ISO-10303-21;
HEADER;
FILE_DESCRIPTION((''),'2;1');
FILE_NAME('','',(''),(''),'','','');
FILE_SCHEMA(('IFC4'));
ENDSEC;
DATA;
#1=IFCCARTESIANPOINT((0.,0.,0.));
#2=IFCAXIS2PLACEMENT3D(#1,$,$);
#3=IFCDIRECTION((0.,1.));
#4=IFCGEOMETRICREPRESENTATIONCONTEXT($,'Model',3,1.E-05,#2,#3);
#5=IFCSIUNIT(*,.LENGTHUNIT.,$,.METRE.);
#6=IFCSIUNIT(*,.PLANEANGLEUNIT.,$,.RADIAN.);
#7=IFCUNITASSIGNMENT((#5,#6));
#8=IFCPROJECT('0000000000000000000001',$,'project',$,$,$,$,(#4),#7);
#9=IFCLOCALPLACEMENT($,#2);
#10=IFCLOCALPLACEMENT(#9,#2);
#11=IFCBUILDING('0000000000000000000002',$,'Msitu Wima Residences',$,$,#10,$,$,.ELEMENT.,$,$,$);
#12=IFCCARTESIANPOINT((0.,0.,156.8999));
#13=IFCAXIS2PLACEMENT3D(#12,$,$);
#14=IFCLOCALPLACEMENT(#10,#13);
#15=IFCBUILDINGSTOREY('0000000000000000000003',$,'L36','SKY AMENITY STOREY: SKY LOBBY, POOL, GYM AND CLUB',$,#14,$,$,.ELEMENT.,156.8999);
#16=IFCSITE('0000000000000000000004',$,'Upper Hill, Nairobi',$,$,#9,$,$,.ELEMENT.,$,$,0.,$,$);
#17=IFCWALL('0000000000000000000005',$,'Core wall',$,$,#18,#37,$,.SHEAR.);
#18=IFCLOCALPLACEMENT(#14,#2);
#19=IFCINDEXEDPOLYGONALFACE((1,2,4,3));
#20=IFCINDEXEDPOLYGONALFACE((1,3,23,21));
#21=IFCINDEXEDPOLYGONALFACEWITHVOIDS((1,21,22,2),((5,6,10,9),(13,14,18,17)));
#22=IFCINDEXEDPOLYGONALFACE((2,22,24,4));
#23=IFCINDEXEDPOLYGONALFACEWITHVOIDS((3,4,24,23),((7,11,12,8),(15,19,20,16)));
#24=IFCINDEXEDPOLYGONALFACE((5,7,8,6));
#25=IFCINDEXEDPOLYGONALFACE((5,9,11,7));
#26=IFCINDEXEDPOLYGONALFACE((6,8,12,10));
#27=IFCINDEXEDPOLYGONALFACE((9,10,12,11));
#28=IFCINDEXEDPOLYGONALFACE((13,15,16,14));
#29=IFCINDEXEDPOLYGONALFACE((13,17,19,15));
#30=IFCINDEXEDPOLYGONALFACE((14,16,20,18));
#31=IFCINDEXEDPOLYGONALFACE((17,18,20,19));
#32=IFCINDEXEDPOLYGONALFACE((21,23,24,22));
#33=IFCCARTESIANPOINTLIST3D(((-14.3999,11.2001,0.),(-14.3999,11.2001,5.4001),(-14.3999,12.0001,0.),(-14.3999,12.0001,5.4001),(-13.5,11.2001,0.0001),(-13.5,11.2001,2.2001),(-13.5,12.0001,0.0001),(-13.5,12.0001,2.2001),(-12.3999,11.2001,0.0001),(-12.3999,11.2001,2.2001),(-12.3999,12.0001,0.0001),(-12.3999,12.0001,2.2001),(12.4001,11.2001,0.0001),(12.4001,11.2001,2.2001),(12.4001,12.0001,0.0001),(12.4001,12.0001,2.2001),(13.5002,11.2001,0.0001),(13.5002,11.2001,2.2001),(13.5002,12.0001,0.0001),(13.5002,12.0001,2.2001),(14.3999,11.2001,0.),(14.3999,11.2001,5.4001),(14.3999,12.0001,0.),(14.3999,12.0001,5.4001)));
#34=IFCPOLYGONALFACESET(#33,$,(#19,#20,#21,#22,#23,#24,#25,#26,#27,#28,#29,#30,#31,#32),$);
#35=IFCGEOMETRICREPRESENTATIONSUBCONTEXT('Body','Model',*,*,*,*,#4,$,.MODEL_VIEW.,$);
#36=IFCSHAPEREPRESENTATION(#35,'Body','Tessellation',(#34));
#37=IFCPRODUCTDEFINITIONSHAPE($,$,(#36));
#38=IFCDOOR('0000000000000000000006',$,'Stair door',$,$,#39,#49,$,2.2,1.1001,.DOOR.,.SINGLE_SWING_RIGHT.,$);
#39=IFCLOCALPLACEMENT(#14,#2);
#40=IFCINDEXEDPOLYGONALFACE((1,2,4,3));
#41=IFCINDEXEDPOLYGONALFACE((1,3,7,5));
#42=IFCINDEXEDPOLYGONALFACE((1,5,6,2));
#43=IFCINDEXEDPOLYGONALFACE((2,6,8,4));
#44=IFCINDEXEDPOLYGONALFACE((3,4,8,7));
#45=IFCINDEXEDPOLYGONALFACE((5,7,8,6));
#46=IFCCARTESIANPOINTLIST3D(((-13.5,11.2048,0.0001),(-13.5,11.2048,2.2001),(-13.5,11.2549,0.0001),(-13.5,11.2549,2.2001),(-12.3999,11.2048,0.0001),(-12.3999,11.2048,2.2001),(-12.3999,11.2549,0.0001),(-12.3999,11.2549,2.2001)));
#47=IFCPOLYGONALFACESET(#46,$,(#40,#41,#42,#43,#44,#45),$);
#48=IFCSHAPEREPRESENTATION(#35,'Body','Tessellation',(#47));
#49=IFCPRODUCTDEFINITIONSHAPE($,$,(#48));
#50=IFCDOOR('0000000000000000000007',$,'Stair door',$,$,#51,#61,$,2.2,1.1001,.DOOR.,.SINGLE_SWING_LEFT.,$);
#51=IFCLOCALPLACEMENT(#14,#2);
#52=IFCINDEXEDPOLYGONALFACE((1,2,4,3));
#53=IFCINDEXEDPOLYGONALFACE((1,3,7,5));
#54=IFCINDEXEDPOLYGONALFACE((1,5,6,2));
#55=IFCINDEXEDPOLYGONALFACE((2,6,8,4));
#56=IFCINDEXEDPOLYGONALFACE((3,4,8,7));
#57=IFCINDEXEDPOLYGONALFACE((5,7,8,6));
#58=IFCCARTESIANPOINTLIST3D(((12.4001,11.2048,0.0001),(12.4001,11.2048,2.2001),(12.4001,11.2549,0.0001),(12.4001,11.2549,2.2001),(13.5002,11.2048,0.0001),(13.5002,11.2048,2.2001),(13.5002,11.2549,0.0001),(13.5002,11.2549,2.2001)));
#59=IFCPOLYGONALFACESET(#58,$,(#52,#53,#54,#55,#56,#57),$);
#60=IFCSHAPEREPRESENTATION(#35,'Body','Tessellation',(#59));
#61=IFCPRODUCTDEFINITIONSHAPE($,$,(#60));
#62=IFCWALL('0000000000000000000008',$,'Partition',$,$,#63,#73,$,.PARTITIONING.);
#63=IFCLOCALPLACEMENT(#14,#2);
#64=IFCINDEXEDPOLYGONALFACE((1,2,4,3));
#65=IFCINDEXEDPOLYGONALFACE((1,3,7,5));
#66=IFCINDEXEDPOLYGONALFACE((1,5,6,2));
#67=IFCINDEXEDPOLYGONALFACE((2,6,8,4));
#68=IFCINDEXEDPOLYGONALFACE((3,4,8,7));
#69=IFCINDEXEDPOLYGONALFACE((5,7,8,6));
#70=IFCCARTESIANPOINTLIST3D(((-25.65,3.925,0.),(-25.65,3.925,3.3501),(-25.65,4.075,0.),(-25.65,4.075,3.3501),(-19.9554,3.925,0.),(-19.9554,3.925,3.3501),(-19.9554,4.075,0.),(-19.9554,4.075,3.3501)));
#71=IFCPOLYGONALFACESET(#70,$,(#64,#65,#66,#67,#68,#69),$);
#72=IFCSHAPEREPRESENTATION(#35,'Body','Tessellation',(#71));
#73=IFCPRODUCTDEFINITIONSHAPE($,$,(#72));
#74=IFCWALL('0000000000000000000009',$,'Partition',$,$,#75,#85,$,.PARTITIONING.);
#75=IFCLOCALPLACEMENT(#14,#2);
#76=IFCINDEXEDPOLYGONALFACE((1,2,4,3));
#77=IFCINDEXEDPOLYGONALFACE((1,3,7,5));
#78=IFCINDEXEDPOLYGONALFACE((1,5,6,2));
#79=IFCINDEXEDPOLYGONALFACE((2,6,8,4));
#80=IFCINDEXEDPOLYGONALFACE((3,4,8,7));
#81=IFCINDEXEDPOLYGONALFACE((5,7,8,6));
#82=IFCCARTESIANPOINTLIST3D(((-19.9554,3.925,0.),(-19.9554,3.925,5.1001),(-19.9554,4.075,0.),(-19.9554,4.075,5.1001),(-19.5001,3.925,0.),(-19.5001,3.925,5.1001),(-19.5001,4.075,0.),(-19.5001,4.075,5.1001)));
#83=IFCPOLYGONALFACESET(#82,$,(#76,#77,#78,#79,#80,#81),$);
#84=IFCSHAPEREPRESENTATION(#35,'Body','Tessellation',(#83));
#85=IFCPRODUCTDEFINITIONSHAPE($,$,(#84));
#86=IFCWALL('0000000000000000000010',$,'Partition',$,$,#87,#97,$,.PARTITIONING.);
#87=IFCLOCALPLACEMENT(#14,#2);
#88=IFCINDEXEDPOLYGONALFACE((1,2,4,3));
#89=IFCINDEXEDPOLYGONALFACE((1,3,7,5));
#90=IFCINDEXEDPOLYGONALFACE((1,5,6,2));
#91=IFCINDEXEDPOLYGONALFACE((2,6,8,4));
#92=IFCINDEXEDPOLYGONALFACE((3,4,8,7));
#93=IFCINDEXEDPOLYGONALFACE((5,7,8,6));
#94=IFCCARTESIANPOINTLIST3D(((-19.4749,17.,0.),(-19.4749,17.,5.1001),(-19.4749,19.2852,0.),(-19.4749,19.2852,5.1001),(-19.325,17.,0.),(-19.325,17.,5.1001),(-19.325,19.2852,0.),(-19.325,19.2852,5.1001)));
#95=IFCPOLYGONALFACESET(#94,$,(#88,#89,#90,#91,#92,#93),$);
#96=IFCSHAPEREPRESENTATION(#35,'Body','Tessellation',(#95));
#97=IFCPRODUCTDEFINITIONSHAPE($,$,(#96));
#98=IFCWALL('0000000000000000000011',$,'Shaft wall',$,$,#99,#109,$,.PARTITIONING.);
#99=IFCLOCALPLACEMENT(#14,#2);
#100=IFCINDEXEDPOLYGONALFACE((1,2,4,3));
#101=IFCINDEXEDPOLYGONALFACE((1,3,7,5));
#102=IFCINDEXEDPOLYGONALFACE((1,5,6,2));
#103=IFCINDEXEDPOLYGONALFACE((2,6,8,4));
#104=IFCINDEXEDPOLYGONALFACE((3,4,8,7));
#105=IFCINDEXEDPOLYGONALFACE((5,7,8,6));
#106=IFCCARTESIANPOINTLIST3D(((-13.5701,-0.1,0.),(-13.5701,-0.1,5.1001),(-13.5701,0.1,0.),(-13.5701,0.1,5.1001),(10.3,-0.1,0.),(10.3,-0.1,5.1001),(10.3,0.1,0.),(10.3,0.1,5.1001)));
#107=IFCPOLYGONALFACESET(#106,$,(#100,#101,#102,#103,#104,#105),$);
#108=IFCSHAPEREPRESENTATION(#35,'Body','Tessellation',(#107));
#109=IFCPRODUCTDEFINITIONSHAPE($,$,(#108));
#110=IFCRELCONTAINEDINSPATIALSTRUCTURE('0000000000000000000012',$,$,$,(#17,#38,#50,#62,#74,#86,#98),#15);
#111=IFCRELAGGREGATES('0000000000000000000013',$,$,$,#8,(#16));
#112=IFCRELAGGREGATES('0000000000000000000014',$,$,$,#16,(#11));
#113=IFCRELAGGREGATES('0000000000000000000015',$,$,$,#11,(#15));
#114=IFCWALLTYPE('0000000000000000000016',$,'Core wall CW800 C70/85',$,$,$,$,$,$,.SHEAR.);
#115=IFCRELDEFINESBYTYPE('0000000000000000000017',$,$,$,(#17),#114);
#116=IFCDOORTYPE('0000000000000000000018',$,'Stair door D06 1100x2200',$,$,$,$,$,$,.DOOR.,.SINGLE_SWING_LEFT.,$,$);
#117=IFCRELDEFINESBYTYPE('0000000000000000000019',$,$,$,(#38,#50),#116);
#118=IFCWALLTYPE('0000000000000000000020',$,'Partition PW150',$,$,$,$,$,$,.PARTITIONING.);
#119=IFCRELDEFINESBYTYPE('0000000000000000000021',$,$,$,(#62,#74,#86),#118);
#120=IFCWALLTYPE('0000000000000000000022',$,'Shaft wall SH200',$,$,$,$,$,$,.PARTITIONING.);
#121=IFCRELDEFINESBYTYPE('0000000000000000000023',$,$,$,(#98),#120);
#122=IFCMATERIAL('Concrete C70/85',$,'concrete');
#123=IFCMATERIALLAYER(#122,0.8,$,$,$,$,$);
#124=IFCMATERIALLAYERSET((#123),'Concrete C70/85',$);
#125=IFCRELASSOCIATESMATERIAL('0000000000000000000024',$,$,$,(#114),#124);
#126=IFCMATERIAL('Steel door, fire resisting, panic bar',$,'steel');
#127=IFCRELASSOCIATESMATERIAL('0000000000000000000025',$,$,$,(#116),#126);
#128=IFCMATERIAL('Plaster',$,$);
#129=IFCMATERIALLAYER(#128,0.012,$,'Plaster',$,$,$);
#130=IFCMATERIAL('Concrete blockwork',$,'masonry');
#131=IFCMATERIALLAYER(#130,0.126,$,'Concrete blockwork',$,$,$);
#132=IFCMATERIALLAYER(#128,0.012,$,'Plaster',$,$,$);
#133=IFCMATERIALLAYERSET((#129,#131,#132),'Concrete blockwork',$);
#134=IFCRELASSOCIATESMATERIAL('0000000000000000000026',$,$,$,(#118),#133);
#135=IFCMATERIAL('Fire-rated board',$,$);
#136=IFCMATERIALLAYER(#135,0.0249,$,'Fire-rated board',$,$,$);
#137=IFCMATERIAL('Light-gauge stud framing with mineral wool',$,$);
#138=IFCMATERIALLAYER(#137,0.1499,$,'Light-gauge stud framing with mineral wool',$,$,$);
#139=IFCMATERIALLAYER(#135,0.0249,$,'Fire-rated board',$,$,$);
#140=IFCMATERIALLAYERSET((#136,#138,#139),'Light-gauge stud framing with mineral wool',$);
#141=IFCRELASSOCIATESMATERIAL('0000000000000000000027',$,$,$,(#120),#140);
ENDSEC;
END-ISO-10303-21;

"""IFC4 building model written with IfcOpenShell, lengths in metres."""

from ifc_helpers import new_model, si_unit, direction, frame, frame_2d, origin, place, context, subcontext, project, spatial, rectangle, extrude, material, layer, layer_set, type_object, element, fill, save


model = new_model("IFC4")

# Units and contexts
model_context = context("Model", 3, precision=1e-05, world=origin(), true_north=direction((0.0, 1.0)))
body_context = subcontext(model_context, "Body", "Model", "MODEL_VIEW")
ifc_project = project(units=[si_unit("LENGTHUNIT", "METRE"), si_unit("PLANEANGLEUNIT", "RADIAN")], contexts=[model_context])

# Site, building, storey
site_placement = place(None, origin())
site = spatial("IfcSite", under=ifc_project, at=site_placement, Name="Upper Hill, Nairobi", CompositionType="ELEMENT", RefElevation=0.0)
building_placement = place(site_placement, origin())
building = spatial("IfcBuilding", under=site, at=building_placement, Name="Msitu Wima Residences", CompositionType="ELEMENT")
storey_placement = place(building_placement, frame((0.0, 0.0, 156.8999)))
storey = spatial("IfcBuildingStorey", under=building, at=storey_placement, Name="L36", Description="SKY AMENITY STOREY: SKY LOBBY, POOL, GYM AND CLUB", CompositionType="ELEMENT", Elevation=156.8999)

# Shared definitions
ifc_material_1 = material(Name="Concrete C70/85", Category="concrete")

# Wall, openings, doors
ifc_layer_1 = layer(ifc_material_1, 0.8)
ifc_layer_set_1 = layer_set([ifc_layer_1], Name="Concrete C70/85")
wall_type_1 = type_object("IfcWallType", Name="Core wall CW800 C70/85", PredefinedType="SHEAR", material=ifc_layer_set_1)
wall_1_placement = place(storey_placement, frame((-14.3999, 11.6001, 0.0), z_axis=(0.0, 0.0, 1.0), x_axis=(1.0, 0.0, 0.0)))
wall_1 = element("IfcWall", 1, at=wall_1_placement, inside=storey, type_object=wall_type_1, Name="Core wall", PredefinedType="SHEAR", context=body_context, shape_type="SweptSolid", body=[
    extrude(rectangle(XDim=28.7998, YDim=0.8, at=frame_2d((14.3999, 0.0))), origin(), (0.0, 0.0, 1.0), 5.4001),
])
opening_1_placement = place(wall_1_placement, frame((0.8999, 0.0, 0.0)))
opening_1 = element("IfcOpeningElement", 2, at=opening_1_placement, cuts=wall_1, PredefinedType="OPENING", context=body_context, shape_type="SweptSolid", body=[
    extrude(rectangle(XDim=1.1001, YDim=2.2, at=frame_2d((0.55, 1.1001))), frame((0.0, 0.4099, 0.0), z_axis=(0.0, -1.0, 0.0), x_axis=(1.0, 0.0, 0.0)), (0.0, 0.0, 1.0), 0.8201),
])
opening_2_placement = place(wall_1_placement, frame((26.8, 0.0, 0.0)))
opening_2 = element("IfcOpeningElement", 3, at=opening_2_placement, cuts=wall_1, PredefinedType="OPENING", context=body_context, shape_type="SweptSolid", body=[
    extrude(rectangle(XDim=1.1001, YDim=2.2, at=frame_2d((0.55, 1.1001))), frame((0.0, 0.4099, 0.0), z_axis=(0.0, -1.0, 0.0), x_axis=(1.0, 0.0, 0.0)), (0.0, 0.0, 1.0), 0.8201),
])
ifc_material_2 = material(Name="Steel door, fire resisting, panic bar", Category="steel")
door_type = type_object("IfcDoorType", Name="Stair door D06 1100x2200", OperationType="SINGLE_SWING_LEFT", PredefinedType="DOOR", material=ifc_material_2)
door_1_placement = place(opening_1_placement, origin())
door_1 = element("IfcDoor", 4, at=door_1_placement, inside=storey, type_object=door_type, Name="Stair door", OperationType="SINGLE_SWING_RIGHT", OverallHeight=2.2, OverallWidth=1.1001, PredefinedType="DOOR", context=body_context, shape_type="SweptSolid", body=[
    extrude(rectangle(XDim=1.1001, YDim=2.2, at=frame_2d((0.55, 1.1001))), frame((0.0, -0.3452, 0.0), z_axis=(0.0, -1.0, 0.0), x_axis=(1.0, 0.0, 0.0)), (0.0, 0.0, 1.0), 0.05),
])
fill(opening_1, door_1)
door_2_placement = place(opening_2_placement, origin())
door_2 = element("IfcDoor", 5, at=door_2_placement, inside=storey, type_object=door_type, Name="Stair door", OperationType="SINGLE_SWING_LEFT", OverallHeight=2.2, OverallWidth=1.1001, PredefinedType="DOOR", context=body_context, shape_type="SweptSolid", body=[
    extrude(rectangle(XDim=1.1001, YDim=2.2, at=frame_2d((0.55, 1.1001))), frame((0.0, -0.3452, 0.0), z_axis=(0.0, -1.0, 0.0), x_axis=(1.0, 0.0, 0.0)), (0.0, 0.0, 1.0), 0.05),
])
fill(opening_2, door_2)

# Walls
ifc_material_3 = material(Name="Plaster")
ifc_layer_2 = layer(ifc_material_3, 0.012, Name="Plaster")
ifc_material_4 = material(Name="Concrete blockwork", Category="masonry")
ifc_layer_3 = layer(ifc_material_4, 0.126, Name="Concrete blockwork")
ifc_layer_4 = layer(ifc_material_3, 0.012, Name="Plaster")
ifc_layer_set_2 = layer_set([ifc_layer_2, ifc_layer_3, ifc_layer_4], Name="Concrete blockwork")
wall_type_2 = type_object("IfcWallType", Name="Partition PW150", PredefinedType="PARTITIONING", material=ifc_layer_set_2)
wall_2_placement = place(storey_placement, frame((-25.6499, 4.0, 0.0), z_axis=(0.0, 0.0, 1.0), x_axis=(1.0, 0.0, 0.0)))
element("IfcWall", 6, at=wall_2_placement, inside=storey, type_object=wall_type_2, Name="Partition", PredefinedType="PARTITIONING", context=body_context, shape_type="SweptSolid", body=[
    extrude(rectangle(XDim=5.6946, YDim=0.1499, at=frame_2d((2.8472, 0.0))), origin(), (0.0, 0.0, 1.0), 3.3501),
])
wall_3_placement = place(storey_placement, frame((-19.9553, 4.0, 0.0), z_axis=(0.0, 0.0, 1.0), x_axis=(1.0, 0.0, 0.0)))
element("IfcWall", 7, at=wall_3_placement, inside=storey, type_object=wall_type_2, Name="Partition", PredefinedType="PARTITIONING", context=body_context, shape_type="SweptSolid", body=[
    extrude(rectangle(XDim=0.4553, YDim=0.1499, at=frame_2d((0.2275, 0.0))), origin(), (0.0, 0.0, 1.0), 5.1001),
])
wall_4_placement = place(storey_placement, frame((-19.3999, 17.0, 0.0), z_axis=(0.0, 0.0, 1.0), x_axis=(0.0, 1.0, 0.0)))
element("IfcWall", 8, at=wall_4_placement, inside=storey, type_object=wall_type_2, Name="Partition", PredefinedType="PARTITIONING", context=body_context, shape_type="SweptSolid", body=[
    extrude(rectangle(XDim=2.2852, YDim=0.1499, at=frame_2d((1.1426, 0.0))), origin(), (0.0, 0.0, 1.0), 5.1001),
])
ifc_material_5 = material(Name="Fire-rated board")
ifc_layer_5 = layer(ifc_material_5, 0.0249, Name="Fire-rated board")
ifc_material_6 = material(Name="Light-gauge stud framing with mineral wool")
ifc_layer_6 = layer(ifc_material_6, 0.1499, Name="Light-gauge stud framing with mineral wool")
ifc_layer_7 = layer(ifc_material_5, 0.0249, Name="Fire-rated board")
ifc_layer_set_3 = layer_set([ifc_layer_5, ifc_layer_6, ifc_layer_7], Name="Light-gauge stud framing with mineral wool")
wall_type_3 = type_object("IfcWallType", Name="Shaft wall SH200", PredefinedType="PARTITIONING", material=ifc_layer_set_3)
wall_5_placement = place(storey_placement, frame((-13.5701, 0.0, 0.0), z_axis=(0.0, 0.0, 1.0), x_axis=(1.0, 0.0, 0.0)))
element("IfcWall", 9, at=wall_5_placement, inside=storey, type_object=wall_type_3, Name="Shaft wall", PredefinedType="PARTITIONING", context=body_context, shape_type="SweptSolid", body=[
    extrude(rectangle(XDim=23.8701, YDim=0.2, at=frame_2d((11.9351, 0.0))), origin(), (0.0, 0.0, 1.0), 5.1001),
])

save(model, "model.ifc")
